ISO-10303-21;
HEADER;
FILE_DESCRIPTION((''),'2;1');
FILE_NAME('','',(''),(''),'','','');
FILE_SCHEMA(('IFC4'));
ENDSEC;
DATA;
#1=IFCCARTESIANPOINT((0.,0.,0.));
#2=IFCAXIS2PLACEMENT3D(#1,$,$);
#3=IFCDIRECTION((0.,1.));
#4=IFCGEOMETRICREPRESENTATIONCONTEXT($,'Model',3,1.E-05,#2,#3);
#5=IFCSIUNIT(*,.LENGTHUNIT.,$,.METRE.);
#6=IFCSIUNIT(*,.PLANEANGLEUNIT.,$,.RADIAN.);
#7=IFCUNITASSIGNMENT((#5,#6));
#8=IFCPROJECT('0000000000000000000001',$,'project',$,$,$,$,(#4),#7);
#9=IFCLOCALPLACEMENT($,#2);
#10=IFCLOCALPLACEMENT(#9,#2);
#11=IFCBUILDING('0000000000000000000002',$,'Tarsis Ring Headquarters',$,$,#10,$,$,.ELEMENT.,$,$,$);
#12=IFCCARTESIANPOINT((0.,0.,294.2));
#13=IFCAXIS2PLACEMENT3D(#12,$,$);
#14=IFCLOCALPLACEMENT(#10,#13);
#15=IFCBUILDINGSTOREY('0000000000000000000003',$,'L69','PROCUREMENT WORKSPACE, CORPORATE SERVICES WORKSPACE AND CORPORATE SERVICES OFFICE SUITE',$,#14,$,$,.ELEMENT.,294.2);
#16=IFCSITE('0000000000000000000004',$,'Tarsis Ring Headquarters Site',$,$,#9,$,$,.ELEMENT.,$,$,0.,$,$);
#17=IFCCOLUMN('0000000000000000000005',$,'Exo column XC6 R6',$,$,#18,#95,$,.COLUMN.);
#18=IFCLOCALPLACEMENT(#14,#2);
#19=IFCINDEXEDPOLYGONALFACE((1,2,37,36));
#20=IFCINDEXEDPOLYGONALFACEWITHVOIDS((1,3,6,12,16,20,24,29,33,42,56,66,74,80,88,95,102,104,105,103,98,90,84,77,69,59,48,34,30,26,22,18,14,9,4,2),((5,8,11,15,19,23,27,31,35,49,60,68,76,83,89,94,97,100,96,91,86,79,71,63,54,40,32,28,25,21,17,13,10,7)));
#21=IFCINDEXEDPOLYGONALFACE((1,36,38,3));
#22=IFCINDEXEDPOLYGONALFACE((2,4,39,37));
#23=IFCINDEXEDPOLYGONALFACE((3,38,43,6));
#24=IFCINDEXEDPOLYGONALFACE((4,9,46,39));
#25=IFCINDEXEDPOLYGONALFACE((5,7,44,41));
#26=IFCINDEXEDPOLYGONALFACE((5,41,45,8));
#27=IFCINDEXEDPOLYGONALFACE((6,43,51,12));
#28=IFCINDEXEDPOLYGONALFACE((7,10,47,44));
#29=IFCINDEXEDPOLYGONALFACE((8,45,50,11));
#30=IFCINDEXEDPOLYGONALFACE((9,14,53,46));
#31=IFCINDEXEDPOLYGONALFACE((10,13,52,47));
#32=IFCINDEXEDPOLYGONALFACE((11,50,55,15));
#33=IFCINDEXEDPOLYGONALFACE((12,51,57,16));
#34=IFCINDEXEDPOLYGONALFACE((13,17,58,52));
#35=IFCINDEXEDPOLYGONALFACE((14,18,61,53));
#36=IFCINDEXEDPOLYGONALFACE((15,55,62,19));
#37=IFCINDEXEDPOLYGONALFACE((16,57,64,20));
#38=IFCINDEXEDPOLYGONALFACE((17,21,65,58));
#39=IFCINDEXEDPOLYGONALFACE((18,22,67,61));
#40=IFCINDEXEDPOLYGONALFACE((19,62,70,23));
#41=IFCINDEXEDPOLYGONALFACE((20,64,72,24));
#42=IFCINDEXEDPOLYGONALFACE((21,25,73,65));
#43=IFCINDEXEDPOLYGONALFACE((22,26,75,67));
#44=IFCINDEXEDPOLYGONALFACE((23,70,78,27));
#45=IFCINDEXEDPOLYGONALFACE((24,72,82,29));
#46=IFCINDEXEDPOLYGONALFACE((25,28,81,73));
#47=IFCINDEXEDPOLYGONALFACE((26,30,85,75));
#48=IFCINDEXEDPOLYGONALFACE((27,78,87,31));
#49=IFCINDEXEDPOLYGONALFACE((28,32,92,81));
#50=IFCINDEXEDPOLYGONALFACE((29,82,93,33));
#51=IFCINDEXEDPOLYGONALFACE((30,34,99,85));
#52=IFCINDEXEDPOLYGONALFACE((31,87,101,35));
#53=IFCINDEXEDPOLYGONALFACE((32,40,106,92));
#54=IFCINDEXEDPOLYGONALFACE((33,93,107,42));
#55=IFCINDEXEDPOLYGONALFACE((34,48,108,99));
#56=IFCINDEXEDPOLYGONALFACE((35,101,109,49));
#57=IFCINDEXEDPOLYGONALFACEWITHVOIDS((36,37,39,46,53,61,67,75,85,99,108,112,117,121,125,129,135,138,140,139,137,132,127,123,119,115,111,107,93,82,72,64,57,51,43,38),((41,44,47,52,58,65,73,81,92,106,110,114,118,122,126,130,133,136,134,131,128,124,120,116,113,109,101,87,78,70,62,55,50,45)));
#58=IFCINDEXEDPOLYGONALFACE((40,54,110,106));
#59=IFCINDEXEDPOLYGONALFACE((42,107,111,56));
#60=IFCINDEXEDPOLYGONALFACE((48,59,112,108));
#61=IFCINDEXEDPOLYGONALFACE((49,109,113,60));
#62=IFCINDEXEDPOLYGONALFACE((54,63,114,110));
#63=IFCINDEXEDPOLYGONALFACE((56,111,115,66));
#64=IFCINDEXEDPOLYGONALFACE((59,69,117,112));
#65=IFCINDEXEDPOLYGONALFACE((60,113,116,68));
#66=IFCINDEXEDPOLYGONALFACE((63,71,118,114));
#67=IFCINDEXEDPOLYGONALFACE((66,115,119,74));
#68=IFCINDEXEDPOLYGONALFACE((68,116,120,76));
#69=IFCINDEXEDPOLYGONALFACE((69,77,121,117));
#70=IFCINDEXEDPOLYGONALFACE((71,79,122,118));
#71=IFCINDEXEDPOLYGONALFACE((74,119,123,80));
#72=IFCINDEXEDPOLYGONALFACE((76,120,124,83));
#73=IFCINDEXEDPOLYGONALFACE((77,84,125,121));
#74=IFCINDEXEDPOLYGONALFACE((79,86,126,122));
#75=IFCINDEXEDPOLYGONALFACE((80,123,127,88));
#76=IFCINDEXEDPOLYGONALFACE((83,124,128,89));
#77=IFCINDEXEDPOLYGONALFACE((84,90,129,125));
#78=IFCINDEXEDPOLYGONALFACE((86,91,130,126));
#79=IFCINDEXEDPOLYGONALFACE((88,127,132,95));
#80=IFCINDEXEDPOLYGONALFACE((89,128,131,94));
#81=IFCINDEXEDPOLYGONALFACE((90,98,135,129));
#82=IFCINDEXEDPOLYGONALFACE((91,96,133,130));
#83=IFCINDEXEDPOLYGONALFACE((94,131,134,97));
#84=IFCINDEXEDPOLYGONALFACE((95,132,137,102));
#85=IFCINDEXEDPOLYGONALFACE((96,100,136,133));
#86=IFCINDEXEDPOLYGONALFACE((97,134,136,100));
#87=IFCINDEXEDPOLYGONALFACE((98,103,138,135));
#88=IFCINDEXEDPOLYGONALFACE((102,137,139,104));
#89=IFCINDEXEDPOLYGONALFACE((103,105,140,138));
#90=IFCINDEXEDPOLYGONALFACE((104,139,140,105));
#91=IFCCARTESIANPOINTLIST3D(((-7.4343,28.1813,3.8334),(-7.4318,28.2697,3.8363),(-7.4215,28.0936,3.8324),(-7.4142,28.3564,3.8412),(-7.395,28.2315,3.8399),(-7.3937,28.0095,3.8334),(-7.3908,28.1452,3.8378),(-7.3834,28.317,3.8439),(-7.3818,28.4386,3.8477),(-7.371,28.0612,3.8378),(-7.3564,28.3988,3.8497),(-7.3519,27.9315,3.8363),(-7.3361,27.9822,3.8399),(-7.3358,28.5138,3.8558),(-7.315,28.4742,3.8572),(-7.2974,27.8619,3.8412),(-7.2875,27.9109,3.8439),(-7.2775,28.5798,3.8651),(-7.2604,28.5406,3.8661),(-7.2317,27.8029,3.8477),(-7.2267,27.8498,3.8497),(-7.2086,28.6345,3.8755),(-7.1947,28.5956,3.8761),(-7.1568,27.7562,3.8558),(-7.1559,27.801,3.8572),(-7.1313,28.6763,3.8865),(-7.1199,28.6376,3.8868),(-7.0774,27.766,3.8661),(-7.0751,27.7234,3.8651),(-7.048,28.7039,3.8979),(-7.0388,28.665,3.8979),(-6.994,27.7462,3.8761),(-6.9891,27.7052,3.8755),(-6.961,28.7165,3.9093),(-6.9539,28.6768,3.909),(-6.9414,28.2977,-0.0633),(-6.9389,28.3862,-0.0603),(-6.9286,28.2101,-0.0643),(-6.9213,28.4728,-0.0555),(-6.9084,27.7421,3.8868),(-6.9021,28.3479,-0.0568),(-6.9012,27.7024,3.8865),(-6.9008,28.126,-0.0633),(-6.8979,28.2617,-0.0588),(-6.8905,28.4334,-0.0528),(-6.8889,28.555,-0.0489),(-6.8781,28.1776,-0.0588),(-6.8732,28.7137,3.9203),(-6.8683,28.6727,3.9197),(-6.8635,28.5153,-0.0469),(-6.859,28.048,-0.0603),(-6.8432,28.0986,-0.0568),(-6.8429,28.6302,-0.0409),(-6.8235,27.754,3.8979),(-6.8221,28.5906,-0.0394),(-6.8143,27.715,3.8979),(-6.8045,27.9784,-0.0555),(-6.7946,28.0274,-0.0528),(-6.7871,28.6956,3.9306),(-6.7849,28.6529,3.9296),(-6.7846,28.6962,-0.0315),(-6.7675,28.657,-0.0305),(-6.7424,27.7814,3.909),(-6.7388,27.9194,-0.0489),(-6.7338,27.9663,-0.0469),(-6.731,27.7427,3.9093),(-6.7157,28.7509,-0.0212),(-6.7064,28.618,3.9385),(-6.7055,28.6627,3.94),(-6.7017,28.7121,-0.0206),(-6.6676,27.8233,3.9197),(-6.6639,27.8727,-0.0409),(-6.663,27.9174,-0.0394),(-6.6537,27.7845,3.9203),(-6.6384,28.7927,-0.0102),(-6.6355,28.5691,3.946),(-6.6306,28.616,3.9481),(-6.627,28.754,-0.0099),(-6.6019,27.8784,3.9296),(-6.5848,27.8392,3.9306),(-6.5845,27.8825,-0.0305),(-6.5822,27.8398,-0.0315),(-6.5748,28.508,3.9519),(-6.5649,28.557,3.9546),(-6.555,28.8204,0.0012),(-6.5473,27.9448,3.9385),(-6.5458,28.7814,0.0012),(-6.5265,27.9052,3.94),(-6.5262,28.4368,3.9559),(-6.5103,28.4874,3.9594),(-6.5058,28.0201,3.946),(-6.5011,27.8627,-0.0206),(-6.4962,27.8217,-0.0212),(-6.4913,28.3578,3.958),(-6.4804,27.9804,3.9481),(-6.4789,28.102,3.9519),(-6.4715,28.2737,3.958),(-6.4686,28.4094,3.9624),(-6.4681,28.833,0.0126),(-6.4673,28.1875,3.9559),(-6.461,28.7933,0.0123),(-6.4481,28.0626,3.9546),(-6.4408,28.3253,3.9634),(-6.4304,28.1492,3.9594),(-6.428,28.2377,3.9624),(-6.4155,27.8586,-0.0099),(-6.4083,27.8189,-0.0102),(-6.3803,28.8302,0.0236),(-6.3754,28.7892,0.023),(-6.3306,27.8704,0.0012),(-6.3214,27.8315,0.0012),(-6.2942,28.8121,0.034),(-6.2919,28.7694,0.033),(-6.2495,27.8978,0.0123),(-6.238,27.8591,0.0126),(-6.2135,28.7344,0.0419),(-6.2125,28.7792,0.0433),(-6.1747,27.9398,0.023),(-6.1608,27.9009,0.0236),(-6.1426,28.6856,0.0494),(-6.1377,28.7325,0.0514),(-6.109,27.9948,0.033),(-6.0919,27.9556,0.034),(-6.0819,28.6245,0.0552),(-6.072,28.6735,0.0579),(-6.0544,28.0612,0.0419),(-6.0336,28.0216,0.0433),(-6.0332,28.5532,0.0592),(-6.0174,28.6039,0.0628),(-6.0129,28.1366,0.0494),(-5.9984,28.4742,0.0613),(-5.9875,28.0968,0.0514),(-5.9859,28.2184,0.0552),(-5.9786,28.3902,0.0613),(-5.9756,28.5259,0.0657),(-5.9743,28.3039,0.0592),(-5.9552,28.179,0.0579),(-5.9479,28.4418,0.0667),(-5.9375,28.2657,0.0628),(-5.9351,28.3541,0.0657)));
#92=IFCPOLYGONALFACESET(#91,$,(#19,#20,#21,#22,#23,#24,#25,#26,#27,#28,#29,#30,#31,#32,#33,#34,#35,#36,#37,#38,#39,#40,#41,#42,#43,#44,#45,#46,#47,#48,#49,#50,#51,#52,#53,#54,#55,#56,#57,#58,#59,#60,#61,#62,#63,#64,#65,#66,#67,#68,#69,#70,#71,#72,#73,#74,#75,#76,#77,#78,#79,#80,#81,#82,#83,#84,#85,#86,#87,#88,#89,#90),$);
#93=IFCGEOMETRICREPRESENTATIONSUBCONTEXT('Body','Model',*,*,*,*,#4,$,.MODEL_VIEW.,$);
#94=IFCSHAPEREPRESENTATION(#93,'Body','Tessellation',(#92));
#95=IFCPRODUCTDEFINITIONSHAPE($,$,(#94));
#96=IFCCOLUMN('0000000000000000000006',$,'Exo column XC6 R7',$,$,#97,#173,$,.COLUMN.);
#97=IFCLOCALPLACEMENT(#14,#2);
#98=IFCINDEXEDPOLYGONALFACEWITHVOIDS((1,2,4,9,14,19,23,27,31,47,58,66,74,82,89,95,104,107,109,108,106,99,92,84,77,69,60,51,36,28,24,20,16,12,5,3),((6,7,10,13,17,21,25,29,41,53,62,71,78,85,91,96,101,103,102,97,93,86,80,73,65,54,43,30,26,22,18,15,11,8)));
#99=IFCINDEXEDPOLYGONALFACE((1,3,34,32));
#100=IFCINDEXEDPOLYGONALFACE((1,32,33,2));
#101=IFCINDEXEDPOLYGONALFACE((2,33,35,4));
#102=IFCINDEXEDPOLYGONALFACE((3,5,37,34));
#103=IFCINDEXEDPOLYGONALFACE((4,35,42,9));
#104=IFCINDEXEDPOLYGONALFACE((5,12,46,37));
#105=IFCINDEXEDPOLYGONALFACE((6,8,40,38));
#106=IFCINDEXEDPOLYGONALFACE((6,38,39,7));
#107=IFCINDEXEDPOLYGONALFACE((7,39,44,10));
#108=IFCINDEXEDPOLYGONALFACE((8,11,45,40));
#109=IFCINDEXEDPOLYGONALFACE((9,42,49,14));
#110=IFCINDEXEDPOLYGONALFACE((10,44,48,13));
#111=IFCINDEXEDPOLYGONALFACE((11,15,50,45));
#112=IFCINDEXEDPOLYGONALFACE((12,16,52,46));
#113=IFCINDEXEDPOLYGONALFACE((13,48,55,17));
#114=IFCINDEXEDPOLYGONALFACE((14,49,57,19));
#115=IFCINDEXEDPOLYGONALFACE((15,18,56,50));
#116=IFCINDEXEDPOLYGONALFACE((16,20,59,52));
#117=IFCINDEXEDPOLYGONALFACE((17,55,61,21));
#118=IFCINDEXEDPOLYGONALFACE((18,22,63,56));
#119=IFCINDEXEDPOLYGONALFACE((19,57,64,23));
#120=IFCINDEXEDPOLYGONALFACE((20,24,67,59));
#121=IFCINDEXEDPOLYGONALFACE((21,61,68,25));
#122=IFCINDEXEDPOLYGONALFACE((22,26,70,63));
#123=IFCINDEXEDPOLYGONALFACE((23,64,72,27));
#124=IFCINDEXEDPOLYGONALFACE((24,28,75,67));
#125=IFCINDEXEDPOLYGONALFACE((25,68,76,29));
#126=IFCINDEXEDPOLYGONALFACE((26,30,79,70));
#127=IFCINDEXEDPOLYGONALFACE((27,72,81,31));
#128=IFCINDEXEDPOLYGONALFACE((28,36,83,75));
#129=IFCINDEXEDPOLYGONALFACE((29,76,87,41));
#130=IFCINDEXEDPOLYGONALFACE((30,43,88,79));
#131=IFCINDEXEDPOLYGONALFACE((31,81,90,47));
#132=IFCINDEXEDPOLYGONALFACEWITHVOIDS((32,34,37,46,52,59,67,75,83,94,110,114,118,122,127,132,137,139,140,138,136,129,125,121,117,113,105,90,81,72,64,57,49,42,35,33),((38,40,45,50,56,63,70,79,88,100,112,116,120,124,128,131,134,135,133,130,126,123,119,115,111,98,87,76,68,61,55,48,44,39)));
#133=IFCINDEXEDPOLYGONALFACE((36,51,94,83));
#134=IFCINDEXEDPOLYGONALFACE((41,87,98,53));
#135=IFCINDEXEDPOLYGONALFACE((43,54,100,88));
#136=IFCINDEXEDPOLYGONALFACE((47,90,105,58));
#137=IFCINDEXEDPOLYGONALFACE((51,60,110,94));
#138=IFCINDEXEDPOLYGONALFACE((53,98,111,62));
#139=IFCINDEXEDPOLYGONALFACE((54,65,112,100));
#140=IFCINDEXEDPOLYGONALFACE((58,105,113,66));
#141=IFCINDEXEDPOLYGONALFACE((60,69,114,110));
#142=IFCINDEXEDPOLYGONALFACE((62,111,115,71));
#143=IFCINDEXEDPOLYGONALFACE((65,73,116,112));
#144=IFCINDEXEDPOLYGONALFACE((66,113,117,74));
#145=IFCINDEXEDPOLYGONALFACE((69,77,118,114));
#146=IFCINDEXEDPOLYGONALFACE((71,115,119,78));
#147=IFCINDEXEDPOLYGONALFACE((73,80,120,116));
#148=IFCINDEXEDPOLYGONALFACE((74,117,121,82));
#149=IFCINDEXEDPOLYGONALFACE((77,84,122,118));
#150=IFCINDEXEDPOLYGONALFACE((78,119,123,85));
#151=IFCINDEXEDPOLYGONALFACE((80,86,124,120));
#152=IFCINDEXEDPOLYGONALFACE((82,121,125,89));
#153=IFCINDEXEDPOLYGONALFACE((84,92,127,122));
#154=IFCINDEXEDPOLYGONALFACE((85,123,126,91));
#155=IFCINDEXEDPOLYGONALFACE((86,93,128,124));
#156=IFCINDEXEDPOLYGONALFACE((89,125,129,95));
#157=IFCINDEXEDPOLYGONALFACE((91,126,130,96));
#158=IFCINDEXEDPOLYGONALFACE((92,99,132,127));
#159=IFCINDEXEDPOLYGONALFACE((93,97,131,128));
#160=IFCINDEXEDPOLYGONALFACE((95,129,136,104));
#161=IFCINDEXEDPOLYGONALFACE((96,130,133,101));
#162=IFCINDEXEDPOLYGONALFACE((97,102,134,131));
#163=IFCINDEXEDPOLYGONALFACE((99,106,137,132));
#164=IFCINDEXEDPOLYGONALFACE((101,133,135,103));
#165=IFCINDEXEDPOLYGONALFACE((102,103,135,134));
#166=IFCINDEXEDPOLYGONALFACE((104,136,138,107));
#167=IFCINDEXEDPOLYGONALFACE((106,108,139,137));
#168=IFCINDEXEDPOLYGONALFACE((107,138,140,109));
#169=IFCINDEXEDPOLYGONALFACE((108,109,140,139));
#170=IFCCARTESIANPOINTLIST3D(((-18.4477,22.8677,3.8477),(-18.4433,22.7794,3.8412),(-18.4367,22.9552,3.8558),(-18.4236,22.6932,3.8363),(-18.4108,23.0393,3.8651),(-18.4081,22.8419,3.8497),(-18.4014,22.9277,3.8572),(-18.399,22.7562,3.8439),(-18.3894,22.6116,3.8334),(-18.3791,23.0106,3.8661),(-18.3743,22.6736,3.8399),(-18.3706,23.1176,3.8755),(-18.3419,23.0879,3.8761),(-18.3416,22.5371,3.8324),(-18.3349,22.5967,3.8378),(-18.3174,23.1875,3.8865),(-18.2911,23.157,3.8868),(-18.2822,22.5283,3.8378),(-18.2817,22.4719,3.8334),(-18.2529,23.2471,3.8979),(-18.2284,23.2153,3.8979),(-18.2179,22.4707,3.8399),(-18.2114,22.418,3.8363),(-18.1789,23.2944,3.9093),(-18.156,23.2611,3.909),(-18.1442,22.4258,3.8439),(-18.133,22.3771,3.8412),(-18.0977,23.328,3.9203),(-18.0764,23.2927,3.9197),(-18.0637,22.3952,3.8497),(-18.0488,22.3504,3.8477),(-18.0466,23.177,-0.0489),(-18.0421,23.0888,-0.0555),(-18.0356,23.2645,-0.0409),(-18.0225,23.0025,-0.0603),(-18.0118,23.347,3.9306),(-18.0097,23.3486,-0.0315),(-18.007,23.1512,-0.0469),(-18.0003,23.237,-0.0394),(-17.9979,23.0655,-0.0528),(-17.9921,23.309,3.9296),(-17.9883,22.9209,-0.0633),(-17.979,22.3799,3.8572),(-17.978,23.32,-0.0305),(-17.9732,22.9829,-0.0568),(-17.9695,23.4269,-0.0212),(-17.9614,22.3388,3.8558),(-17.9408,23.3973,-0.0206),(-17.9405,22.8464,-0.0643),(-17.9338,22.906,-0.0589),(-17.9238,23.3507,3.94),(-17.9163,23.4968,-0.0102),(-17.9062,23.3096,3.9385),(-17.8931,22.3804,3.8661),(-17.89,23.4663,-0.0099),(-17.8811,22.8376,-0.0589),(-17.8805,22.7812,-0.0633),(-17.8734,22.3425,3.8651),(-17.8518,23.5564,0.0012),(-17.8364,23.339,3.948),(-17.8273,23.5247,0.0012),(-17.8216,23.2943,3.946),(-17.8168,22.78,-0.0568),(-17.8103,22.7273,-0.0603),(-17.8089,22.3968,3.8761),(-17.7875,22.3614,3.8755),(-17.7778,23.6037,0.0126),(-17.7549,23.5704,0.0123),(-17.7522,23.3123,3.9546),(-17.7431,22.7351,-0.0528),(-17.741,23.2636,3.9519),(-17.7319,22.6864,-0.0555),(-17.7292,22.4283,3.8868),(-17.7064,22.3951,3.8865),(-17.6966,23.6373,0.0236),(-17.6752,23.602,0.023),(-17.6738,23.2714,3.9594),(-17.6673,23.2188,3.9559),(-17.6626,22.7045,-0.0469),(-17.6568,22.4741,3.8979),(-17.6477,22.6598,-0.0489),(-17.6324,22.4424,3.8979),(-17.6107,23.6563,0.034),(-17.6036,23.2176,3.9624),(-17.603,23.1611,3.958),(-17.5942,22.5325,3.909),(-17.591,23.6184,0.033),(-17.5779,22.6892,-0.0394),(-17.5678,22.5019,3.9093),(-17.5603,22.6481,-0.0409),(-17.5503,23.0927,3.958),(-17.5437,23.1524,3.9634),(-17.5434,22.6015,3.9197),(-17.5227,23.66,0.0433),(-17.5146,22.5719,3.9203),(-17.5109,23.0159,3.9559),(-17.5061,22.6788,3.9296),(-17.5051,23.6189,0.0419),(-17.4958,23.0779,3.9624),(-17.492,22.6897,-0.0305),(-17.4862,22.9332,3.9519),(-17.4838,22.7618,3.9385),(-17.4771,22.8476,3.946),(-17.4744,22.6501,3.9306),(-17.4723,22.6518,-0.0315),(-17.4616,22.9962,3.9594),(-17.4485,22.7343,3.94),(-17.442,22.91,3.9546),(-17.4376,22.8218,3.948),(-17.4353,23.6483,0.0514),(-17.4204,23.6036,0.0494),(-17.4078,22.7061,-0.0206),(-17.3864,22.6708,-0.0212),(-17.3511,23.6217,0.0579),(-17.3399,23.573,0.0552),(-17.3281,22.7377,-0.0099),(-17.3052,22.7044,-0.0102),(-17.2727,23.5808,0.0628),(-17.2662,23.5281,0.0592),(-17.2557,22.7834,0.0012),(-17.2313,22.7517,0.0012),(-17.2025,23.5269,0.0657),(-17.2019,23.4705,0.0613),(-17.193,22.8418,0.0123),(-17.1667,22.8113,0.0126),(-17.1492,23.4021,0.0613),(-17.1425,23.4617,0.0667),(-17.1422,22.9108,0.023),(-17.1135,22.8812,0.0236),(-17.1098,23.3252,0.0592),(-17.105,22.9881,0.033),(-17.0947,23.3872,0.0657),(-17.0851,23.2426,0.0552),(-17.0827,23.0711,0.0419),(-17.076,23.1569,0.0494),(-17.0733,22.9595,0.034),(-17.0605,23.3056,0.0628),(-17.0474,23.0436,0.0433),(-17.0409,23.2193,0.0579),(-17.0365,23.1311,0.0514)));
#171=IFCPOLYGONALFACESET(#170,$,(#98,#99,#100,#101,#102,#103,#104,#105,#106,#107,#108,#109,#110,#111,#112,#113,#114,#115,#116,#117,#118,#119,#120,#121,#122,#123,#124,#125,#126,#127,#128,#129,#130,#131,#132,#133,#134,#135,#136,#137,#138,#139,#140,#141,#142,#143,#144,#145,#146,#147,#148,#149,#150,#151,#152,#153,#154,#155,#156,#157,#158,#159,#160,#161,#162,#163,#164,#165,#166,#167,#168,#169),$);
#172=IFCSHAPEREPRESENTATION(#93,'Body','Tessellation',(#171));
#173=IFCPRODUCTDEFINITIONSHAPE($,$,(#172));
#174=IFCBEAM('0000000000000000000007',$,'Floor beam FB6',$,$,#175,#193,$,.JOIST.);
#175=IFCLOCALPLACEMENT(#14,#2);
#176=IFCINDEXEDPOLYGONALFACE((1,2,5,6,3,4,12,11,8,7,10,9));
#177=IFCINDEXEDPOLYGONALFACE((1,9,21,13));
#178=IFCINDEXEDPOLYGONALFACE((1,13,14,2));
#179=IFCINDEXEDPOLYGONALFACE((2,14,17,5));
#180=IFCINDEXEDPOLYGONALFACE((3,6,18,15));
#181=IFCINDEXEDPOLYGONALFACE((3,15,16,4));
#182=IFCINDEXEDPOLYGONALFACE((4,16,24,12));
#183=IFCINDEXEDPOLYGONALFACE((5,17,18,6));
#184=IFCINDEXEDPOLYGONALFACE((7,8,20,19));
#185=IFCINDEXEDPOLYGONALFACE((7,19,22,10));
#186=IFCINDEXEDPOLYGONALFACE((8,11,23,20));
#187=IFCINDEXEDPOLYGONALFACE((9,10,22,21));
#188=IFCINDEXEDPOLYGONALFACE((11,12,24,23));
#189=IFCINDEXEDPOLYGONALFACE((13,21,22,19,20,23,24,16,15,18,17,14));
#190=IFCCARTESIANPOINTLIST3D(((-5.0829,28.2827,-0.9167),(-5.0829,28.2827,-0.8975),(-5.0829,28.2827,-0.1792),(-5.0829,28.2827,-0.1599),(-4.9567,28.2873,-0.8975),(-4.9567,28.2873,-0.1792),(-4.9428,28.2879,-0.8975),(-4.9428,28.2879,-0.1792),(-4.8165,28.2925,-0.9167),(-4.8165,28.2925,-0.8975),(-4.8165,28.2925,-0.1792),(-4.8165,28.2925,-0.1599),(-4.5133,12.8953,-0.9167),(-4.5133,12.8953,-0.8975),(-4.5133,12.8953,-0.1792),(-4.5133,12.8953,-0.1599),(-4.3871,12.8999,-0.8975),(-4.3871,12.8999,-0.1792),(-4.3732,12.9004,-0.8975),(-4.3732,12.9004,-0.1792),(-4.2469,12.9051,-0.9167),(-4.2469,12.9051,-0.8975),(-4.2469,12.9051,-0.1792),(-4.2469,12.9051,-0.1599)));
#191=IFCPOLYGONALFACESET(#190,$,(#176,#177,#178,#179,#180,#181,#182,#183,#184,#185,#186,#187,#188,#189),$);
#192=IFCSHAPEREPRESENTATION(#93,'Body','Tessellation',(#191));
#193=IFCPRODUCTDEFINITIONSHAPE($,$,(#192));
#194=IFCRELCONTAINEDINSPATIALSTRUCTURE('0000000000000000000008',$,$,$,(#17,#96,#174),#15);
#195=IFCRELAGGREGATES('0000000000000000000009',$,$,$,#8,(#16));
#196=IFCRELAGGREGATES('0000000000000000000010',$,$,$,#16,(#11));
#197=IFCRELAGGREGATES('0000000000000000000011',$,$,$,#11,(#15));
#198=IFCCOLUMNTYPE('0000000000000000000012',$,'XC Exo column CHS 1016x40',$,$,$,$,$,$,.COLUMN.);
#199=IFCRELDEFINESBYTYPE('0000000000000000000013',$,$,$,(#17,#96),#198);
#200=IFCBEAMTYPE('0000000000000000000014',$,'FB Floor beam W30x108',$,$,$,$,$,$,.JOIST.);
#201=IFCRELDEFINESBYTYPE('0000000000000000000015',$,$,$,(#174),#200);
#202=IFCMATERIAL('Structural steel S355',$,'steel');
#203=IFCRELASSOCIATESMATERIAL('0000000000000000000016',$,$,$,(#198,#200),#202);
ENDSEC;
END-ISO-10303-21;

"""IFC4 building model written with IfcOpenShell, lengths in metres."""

from ifc_helpers import new_model, si_unit, direction, frame, origin, origin_2d, place, context, subcontext, project, spatial, hollow_circle, i_section, extrude, material, material_profile, profile_set, type_object, element, save


model = new_model("IFC4")

# Units and contexts
model_context = context("Model", 3, precision=1e-05, world=origin(), true_north=direction((0.0, 1.0)))
body_context = subcontext(model_context, "Body", "Model", "MODEL_VIEW")
ifc_project = project(units=[si_unit("LENGTHUNIT", "METRE"), si_unit("PLANEANGLEUNIT", "RADIAN")], contexts=[model_context])

# Site, building, storey
site_placement = place(None, origin())
site = spatial("IfcSite", under=ifc_project, at=site_placement, Name="Tarsis Ring Headquarters Site", CompositionType="ELEMENT", RefElevation=0.0)
building_placement = place(site_placement, origin())
building = spatial("IfcBuilding", under=site, at=building_placement, Name="Tarsis Ring Headquarters", CompositionType="ELEMENT")
storey_placement = place(building_placement, frame((0.0, 0.0, 294.2)))
storey = spatial("IfcBuildingStorey", under=building, at=storey_placement, Name="L69", Description="PROCUREMENT WORKSPACE, CORPORATE SERVICES WORKSPACE AND CORPORATE SERVICES OFFICE SUITE", CompositionType="ELEMENT", Elevation=294.2)

# Columns
ifc_material_1 = material(Name="Structural steel S355", Category="steel")
ifc_material_profile_1 = material_profile(ifc_material_1, hollow_circle(Radius=0.5081, WallThickness=0.04, at=origin_2d()), Name="CHS 1016x40")
ifc_profile_set_1 = profile_set([ifc_material_profile_1], Name="Structural steel S355")
column_type = type_object("IfcColumnType", Name="XC Exo column CHS 1016x40", PredefinedType="COLUMN", material=ifc_profile_set_1)
for number, where, z_axis, x_axis, name in (
    (1, (-6.4382, 28.3259, 0.0012), (-0.125441, -0.029636, 0.991658), (0.229926, -0.973208, 0.0), "Exo column XC6 R6"),
    (2, (-17.5415, 23.1541, 0.0012), (-0.10208, -0.078719, 0.991657), (0.610665, -0.791889, 0.0), "Exo column XC6 R7"),
):
    element("IfcColumn", number, at=place(storey_placement, frame(where, z_axis=z_axis, x_axis=x_axis)), inside=storey, type_object=column_type, Name=name, PredefinedType="COLUMN", context=body_context, shape_type="SweptSolid", body=[
        extrude(hollow_circle(Radius=0.5081, WallThickness=0.04, at=origin_2d()), origin(), (0.0, 0.0, 1.0), 3.9294),
    ])

# Beam
ifc_material_profile_2 = material_profile(ifc_material_1, i_section(OverallWidth=0.2666, OverallDepth=0.7568, WebThickness=0.0139, FlangeThickness=0.0193, at=origin_2d()), Name="W30x108")
ifc_profile_set_2 = profile_set([ifc_material_profile_2], Name="Structural steel S355")
beam_type_1 = type_object("IfcBeamType", Name="FB Floor beam W30x108", PredefinedType="JOIST", material=ifc_profile_set_2)
beam_1_placement = place(storey_placement, frame((-4.9497, 28.2876, -0.5383), z_axis=(0.036991, -0.999316, 0.0), x_axis=(0.999316, 0.036991, 0.0)))
element("IfcBeam", 3, at=beam_1_placement, inside=storey, type_object=beam_type_1, Name="Floor beam FB6", PredefinedType="JOIST", context=body_context, shape_type="SweptSolid", body=[
    extrude(i_section(OverallWidth=0.2666, OverallDepth=0.7568, WebThickness=0.0139, FlangeThickness=0.0193, at=origin_2d()), origin(), (0.0, 0.0, 1.0), 15.3979),
])

save(model, "model.ifc")
